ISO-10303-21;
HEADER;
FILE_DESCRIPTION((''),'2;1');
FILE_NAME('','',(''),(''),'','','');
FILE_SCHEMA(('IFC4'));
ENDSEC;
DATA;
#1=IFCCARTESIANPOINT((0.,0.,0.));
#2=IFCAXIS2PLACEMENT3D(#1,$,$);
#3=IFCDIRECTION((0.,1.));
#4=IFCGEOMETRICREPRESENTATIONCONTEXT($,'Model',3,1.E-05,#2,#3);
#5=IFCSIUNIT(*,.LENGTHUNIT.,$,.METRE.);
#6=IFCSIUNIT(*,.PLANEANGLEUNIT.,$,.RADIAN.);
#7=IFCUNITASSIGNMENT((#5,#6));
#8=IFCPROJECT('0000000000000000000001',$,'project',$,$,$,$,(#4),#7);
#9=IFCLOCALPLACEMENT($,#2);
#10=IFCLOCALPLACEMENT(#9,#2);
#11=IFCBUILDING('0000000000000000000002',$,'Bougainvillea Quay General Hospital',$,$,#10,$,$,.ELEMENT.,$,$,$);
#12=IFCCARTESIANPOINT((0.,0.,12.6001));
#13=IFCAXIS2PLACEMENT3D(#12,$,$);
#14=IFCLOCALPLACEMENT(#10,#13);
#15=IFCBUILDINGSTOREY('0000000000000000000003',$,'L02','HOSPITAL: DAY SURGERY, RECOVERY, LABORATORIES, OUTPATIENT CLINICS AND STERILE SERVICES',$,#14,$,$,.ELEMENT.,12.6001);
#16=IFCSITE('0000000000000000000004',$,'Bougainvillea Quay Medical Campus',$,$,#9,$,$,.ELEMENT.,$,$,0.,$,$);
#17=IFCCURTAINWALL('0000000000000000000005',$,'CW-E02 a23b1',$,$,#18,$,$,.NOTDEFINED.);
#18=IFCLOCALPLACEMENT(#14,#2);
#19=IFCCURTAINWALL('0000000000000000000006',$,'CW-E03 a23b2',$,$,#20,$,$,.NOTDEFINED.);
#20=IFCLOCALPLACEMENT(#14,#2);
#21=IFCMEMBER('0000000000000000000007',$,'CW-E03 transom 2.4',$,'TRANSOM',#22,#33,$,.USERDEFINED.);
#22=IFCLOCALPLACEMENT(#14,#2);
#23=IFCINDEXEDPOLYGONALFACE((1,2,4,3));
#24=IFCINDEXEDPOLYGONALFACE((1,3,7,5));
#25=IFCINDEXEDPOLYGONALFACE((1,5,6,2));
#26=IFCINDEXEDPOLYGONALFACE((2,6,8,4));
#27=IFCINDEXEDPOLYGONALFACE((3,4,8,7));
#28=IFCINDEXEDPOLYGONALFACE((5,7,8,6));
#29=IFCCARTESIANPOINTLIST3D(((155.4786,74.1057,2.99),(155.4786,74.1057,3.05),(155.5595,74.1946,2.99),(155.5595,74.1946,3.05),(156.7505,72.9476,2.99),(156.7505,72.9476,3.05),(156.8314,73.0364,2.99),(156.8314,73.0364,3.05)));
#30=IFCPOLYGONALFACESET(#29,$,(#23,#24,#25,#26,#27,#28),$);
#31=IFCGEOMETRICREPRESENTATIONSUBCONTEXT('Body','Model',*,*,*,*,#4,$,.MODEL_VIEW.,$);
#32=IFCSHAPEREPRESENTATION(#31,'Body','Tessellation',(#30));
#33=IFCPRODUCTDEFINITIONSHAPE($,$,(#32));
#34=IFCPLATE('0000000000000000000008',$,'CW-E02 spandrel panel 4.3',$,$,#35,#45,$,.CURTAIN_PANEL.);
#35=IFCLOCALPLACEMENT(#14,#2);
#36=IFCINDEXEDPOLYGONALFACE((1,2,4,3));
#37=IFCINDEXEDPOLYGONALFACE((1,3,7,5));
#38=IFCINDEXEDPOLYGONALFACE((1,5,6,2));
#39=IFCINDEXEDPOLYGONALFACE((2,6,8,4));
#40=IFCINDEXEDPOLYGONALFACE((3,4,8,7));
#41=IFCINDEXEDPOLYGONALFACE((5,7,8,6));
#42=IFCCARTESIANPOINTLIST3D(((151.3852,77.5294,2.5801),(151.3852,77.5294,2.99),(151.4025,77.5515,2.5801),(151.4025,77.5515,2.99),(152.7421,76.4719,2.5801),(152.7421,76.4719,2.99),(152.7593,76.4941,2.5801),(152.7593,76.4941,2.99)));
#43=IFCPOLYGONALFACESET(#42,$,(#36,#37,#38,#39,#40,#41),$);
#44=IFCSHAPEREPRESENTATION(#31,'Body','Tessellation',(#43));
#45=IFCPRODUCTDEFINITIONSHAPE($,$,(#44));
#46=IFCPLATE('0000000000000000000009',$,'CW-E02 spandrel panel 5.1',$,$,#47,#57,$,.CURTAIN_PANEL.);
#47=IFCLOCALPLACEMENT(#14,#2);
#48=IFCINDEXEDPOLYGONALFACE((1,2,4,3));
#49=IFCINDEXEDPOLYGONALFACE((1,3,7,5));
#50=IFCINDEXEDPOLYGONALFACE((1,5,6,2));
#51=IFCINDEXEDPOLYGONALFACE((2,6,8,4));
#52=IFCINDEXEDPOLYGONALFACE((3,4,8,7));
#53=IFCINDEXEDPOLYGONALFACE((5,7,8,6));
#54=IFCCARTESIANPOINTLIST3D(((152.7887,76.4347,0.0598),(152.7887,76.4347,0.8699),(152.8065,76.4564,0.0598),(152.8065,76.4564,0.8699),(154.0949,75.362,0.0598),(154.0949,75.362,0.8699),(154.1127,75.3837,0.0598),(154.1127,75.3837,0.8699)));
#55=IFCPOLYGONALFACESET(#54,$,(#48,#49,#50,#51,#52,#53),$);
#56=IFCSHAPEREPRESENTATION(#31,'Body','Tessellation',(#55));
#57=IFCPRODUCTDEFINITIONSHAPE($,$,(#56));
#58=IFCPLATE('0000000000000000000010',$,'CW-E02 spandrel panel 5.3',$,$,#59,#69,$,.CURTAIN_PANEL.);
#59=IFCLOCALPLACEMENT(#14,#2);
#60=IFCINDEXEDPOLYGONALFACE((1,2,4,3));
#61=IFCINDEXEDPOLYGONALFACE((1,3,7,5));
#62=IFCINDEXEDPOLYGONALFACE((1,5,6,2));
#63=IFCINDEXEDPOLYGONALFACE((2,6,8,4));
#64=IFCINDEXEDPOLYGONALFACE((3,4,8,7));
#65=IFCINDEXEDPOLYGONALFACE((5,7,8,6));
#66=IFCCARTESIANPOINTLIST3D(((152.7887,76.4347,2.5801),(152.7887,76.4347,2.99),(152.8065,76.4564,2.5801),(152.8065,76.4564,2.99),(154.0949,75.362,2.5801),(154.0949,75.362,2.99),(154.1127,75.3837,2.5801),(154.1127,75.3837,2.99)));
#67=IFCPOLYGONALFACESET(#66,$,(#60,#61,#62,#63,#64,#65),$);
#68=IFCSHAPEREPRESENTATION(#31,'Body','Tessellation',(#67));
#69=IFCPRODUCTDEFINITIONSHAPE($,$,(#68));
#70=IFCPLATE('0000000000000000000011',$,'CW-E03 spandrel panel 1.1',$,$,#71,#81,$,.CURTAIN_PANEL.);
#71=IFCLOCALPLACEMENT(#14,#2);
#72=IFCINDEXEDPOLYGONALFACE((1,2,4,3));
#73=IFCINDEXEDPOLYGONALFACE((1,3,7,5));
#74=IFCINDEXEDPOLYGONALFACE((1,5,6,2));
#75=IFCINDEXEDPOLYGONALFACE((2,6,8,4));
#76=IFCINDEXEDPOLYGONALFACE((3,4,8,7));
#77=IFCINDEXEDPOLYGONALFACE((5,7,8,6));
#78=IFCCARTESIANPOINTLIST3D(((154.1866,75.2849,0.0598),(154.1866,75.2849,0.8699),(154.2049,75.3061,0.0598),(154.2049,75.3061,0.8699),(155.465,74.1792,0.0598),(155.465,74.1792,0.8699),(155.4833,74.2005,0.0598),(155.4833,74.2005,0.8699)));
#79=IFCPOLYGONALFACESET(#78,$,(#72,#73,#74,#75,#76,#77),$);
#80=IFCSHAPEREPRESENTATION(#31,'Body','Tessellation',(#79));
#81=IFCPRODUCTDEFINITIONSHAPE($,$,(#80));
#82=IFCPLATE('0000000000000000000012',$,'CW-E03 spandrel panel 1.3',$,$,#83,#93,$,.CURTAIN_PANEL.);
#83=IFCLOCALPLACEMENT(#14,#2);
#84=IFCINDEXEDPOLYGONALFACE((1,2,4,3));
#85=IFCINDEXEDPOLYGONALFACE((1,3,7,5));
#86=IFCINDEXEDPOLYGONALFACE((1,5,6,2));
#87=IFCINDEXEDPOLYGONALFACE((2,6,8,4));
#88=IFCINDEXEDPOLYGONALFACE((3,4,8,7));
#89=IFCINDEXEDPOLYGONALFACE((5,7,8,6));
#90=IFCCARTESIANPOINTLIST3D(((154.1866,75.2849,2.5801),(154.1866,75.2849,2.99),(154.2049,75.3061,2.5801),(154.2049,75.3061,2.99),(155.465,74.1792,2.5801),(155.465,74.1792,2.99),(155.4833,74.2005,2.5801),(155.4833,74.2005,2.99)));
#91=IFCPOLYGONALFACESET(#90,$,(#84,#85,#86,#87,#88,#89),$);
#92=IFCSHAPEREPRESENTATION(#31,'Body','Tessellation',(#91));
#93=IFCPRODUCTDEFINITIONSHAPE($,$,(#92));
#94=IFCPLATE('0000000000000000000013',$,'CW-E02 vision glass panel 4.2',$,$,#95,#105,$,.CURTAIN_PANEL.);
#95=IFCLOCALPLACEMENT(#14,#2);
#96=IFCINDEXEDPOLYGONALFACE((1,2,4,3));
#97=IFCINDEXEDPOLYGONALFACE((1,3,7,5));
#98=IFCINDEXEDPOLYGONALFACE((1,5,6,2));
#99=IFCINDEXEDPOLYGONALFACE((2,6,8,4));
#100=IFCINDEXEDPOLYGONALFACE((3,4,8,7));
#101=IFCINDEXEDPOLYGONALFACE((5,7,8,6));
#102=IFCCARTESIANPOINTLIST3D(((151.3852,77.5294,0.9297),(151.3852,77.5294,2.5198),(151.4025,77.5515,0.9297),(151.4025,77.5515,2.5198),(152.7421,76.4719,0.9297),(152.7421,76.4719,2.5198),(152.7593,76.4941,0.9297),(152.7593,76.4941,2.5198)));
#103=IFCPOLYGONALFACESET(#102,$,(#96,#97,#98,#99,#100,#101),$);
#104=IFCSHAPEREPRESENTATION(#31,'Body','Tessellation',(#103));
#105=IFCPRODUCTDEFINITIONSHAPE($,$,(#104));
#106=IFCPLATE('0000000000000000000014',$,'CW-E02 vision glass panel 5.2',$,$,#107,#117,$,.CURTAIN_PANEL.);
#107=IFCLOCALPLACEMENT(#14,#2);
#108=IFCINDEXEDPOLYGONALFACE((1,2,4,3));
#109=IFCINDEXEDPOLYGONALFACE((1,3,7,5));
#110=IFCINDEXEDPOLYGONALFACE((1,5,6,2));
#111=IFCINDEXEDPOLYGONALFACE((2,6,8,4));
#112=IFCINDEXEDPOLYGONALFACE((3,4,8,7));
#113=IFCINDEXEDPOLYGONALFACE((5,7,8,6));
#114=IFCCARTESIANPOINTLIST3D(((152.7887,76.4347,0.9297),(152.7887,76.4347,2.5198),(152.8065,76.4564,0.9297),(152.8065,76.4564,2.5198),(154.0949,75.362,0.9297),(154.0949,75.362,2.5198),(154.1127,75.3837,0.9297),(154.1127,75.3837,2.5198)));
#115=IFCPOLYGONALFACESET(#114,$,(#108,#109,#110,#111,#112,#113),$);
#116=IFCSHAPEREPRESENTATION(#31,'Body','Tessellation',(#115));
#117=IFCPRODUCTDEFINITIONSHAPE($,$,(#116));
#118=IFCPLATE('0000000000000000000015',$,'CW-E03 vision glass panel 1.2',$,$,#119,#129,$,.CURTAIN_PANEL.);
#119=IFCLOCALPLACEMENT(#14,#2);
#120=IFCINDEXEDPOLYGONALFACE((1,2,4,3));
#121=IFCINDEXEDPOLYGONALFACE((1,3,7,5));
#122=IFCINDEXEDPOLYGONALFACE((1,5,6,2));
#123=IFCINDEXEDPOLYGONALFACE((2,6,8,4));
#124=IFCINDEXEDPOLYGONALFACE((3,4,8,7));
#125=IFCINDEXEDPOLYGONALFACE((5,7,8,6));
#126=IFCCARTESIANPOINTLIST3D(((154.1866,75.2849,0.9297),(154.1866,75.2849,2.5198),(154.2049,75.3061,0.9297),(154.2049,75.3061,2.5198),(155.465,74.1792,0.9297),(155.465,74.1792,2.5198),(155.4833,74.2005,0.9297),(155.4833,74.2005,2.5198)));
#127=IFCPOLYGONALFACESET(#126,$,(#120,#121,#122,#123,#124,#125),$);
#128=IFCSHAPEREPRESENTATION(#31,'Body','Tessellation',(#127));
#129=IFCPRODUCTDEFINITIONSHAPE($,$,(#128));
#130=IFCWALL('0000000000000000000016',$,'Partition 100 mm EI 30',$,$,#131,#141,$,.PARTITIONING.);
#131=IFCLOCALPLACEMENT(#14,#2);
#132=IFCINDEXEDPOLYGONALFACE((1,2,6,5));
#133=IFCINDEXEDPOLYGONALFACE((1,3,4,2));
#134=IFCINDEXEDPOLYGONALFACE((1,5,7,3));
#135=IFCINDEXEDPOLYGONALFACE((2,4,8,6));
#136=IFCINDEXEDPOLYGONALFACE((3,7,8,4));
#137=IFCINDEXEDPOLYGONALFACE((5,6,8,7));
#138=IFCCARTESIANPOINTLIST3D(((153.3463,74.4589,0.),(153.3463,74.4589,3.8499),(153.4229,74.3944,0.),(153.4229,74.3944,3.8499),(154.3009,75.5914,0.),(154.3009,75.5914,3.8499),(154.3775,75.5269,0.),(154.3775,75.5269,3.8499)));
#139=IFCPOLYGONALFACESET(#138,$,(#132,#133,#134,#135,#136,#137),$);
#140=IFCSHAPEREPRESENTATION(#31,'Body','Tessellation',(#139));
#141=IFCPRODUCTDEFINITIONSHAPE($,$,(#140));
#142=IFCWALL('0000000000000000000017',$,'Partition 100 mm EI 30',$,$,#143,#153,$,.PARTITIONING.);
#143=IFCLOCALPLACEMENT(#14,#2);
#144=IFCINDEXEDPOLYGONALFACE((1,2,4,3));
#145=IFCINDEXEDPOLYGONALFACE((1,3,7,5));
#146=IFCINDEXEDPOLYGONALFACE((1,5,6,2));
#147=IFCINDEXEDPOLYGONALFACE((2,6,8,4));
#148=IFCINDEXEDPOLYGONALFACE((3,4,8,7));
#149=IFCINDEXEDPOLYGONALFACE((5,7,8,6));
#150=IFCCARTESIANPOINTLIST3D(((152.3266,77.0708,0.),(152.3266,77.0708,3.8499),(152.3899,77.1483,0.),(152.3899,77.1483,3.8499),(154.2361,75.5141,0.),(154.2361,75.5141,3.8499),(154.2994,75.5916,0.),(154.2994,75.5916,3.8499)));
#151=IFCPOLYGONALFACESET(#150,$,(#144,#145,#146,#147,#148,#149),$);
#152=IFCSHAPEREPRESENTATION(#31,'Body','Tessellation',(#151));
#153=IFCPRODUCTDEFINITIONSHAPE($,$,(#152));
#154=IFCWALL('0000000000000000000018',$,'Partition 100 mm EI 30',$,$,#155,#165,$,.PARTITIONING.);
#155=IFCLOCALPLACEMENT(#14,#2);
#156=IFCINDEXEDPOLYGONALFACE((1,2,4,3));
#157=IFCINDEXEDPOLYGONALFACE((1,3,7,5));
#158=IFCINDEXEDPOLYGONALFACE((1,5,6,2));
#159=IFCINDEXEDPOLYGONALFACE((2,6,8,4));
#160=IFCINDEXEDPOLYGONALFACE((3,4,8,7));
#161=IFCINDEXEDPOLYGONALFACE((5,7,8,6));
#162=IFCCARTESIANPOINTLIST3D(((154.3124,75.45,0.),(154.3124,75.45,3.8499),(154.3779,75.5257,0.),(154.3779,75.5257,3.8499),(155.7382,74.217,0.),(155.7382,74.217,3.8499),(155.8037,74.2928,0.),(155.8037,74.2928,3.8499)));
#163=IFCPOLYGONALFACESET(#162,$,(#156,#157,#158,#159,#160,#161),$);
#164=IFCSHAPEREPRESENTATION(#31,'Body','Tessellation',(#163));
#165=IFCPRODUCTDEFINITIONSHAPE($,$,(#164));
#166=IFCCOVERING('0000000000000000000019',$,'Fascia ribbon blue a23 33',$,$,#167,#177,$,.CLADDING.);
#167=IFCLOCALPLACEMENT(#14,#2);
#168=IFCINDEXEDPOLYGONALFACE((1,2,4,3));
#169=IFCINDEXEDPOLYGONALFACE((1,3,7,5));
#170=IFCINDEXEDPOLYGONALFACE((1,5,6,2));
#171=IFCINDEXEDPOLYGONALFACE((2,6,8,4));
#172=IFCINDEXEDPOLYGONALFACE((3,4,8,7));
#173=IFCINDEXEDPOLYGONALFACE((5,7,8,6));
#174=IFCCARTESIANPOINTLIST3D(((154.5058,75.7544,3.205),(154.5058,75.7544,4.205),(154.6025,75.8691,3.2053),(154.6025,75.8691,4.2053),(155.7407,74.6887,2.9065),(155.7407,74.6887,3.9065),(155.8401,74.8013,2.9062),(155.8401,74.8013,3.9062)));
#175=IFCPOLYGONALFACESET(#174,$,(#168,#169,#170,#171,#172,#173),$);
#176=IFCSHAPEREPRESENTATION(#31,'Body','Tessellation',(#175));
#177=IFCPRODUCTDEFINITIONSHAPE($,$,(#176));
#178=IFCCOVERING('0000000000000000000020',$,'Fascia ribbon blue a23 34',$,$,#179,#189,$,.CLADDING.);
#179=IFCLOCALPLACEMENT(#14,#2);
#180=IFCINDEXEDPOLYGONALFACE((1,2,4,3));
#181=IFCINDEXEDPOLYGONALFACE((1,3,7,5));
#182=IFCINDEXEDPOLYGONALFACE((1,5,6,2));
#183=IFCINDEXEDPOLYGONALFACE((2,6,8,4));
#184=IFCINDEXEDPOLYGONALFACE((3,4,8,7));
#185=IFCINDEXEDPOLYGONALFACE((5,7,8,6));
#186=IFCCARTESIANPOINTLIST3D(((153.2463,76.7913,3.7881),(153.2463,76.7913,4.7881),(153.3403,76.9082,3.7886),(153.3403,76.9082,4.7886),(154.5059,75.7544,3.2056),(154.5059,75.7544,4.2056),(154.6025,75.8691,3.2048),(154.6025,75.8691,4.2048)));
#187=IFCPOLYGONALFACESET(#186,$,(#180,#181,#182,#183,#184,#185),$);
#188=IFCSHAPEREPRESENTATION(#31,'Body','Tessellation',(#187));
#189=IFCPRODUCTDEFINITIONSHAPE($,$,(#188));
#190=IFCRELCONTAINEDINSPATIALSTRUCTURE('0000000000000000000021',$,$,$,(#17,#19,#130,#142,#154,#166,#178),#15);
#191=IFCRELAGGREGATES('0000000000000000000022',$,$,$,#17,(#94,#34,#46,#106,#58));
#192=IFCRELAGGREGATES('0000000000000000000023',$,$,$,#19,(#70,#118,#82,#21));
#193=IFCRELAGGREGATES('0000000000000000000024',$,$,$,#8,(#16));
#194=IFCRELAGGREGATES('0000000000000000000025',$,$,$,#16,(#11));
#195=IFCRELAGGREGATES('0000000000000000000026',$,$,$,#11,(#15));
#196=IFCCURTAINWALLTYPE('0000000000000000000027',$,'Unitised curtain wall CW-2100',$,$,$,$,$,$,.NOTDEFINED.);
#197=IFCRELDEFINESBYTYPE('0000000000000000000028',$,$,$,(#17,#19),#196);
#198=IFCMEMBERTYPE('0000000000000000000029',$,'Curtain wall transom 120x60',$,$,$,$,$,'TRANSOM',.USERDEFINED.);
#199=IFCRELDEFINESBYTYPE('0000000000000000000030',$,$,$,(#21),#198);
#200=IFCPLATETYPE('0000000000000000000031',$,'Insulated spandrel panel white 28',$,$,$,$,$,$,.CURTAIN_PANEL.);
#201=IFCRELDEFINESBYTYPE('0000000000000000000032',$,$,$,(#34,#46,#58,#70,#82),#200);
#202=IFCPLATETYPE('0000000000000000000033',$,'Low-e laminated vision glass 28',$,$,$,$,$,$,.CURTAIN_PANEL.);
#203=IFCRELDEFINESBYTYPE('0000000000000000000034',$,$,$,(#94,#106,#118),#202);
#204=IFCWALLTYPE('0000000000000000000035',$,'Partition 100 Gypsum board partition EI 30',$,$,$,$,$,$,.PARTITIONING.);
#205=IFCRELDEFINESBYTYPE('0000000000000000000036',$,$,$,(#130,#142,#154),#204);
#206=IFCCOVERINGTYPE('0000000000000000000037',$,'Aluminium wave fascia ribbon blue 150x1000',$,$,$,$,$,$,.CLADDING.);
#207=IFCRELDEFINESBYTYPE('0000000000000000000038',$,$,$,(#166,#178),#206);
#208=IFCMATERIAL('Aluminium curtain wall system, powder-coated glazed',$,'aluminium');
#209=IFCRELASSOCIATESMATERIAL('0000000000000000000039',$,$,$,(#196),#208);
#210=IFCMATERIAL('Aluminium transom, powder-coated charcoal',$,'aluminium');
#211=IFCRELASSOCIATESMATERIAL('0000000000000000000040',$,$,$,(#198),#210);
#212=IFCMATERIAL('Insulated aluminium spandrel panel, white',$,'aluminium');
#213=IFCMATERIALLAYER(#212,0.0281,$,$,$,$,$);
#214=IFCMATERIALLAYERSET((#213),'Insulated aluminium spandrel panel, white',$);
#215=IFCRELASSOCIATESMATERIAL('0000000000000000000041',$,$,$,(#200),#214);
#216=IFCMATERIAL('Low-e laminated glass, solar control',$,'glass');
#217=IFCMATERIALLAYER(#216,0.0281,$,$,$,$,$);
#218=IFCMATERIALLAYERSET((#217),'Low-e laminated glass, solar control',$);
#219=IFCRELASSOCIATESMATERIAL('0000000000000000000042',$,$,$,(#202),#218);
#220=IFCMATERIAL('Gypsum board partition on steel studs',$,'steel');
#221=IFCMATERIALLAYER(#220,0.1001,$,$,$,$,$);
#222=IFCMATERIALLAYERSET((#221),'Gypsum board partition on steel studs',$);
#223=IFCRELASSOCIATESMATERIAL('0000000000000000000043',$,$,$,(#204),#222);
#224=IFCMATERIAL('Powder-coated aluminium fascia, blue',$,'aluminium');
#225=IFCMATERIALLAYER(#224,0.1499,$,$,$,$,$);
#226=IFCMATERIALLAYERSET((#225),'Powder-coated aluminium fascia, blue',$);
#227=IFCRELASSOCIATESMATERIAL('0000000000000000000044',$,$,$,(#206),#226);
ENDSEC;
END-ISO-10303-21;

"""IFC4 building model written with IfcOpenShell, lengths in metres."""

from ifc_helpers import new_model, si_unit, direction, frame, frame_2d, origin, origin_2d, place, context, subcontext, project, spatial, polyline, rectangle, outline, extrude, material, layer, layer_set, material_profile, profile_set, type_object, element, aggregate, save


model = new_model("IFC4")

# Units and contexts
model_context = context("Model", 3, precision=1e-05, world=origin(), true_north=direction((0.0, 1.0)))
body_context = subcontext(model_context, "Body", "Model", "MODEL_VIEW")
ifc_project = project(units=[si_unit("LENGTHUNIT", "METRE"), si_unit("PLANEANGLEUNIT", "RADIAN")], contexts=[model_context])

# Site, building, storey
site_placement = place(None, origin())
site = spatial("IfcSite", under=ifc_project, at=site_placement, Name="Bougainvillea Quay Medical Campus", CompositionType="ELEMENT", RefElevation=0.0)
building_placement = place(site_placement, origin())
building = spatial("IfcBuilding", under=site, at=building_placement, Name="Bougainvillea Quay General Hospital", CompositionType="ELEMENT")
storey_placement = place(building_placement, frame((0.0, 0.0, 12.6001)))
storey = spatial("IfcBuildingStorey", under=building, at=storey_placement, Name="L02", Description="HOSPITAL: DAY SURGERY, RECOVERY, LABORATORIES, OUTPATIENT CLINICS AND STERILE SERVICES", CompositionType="ELEMENT", Elevation=12.6001)

# Curtain walls
ifc_material_1 = material(Name="Aluminium curtain wall system, powder-coated glazed", Category="aluminium")
curtain_wall_type = type_object("IfcCurtainWallType", Name="Unitised curtain wall CW-2100", PredefinedType="NOTDEFINED", material=ifc_material_1)
curtain_wall_1_placement = place(storey_placement, origin())
curtain_wall_1 = element("IfcCurtainWall", 1, at=curtain_wall_1_placement, inside=storey, type_object=curtain_wall_type, Name="CW-E02 a23b1", PredefinedType="NOTDEFINED")
curtain_wall_2_placement = place(storey_placement, origin())
curtain_wall_2 = element("IfcCurtainWall", 2, at=curtain_wall_2_placement, inside=storey, type_object=curtain_wall_type, Name="CW-E03 a23b2", PredefinedType="NOTDEFINED")

# Member
ifc_material_2 = material(Name="Aluminium transom, powder-coated charcoal", Category="aluminium")
ifc_material_profile_1 = material_profile(ifc_material_2, rectangle(XDim=0.1201, YDim=0.0601, at=origin_2d()))
ifc_profile_set_1 = profile_set([ifc_material_profile_1], Name="Aluminium transom, powder-coated charcoal")
member_type_1 = type_object("IfcMemberType", Name="Curtain wall transom 120x60", ElementType="TRANSOM", PredefinedType="USERDEFINED", material=ifc_profile_set_1)
member_1_placement = place(storey_placement, frame((155.519, 74.1501, 3.02), z_axis=(0.7394, -0.673266, 0.0), x_axis=(0.673266, 0.7394, 0.0)))
member_1 = element("IfcMember", 3, at=member_1_placement, type_object=member_type_1, Name="CW-E03 transom 2.4", ObjectType="TRANSOM", PredefinedType="USERDEFINED", context=body_context, shape_type="SweptSolid", body=[
    extrude(rectangle(XDim=0.1201, YDim=0.0601, at=origin_2d()), origin(), (0.0, 0.0, 1.0), 1.7202),
])

# Plates
ifc_material_3 = material(Name="Insulated aluminium spandrel panel, white", Category="aluminium")
ifc_layer_1 = layer(ifc_material_3, 0.0281)
ifc_layer_set_1 = layer_set([ifc_layer_1], Name="Insulated aluminium spandrel panel, white")
plate_type_1 = type_object("IfcPlateType", Name="Insulated spandrel panel white 28", PredefinedType="CURTAIN_PANEL", material=ifc_layer_set_1)
plate_1_placement = place(storey_placement, frame((152.0723, 77.0117, 2.5801), z_axis=(0.0, 0.0, 1.0), x_axis=(0.788758, -0.614704, 0.0)))
plate_1 = element("IfcPlate", 4, at=plate_1_placement, type_object=plate_type_1, Name="CW-E02 spandrel panel 4.3", PredefinedType="CURTAIN_PANEL", context=body_context, shape_type="SweptSolid", body=[
    extrude(rectangle(XDim=1.7202, YDim=0.0281, at=origin_2d()), origin(), (0.0, 0.0, 1.0), 0.4099),
])
plate_2_placement = place(storey_placement, frame((153.4507, 75.9092, 0.0598), z_axis=(0.0, 0.0, 1.0), x_axis=(0.772813, -0.634633, 0.0)))
plate_2 = element("IfcPlate", 5, at=plate_2_placement, type_object=plate_type_1, Name="CW-E02 spandrel panel 5.1", PredefinedType="CURTAIN_PANEL", context=body_context, shape_type="SweptSolid", body=[
    extrude(rectangle(XDim=1.6902, YDim=0.0281, at=origin_2d()), origin(), (0.0, 0.0, 1.0), 0.8101),
])
plate_3_placement = place(storey_placement, frame((153.4507, 75.9092, 2.5801), z_axis=(0.0, 0.0, 1.0), x_axis=(0.772813, -0.634633, 0.0)))
plate_3 = element("IfcPlate", 6, at=plate_3_placement, type_object=plate_type_1, Name="CW-E02 spandrel panel 5.3", PredefinedType="CURTAIN_PANEL", context=body_context, shape_type="SweptSolid", body=[
    extrude(rectangle(XDim=1.6902, YDim=0.0281, at=origin_2d()), origin(), (0.0, 0.0, 1.0), 0.4099),
])
plate_4_placement = place(storey_placement, frame((154.835, 74.7427, 0.0598), z_axis=(0.0, 0.0, 1.0), x_axis=(0.756365, -0.65415, 0.0)))
plate_4 = element("IfcPlate", 7, at=plate_4_placement, type_object=plate_type_1, Name="CW-E03 spandrel panel 1.1", PredefinedType="CURTAIN_PANEL", context=body_context, shape_type="SweptSolid", body=[
    extrude(rectangle(XDim=1.6902, YDim=0.0281, at=origin_2d()), origin(), (0.0, 0.0, 1.0), 0.8101),
])
plate_5_placement = place(storey_placement, frame((154.835, 74.7427, 2.5801), z_axis=(0.0, 0.0, 1.0), x_axis=(0.756365, -0.65415, 0.0)))
plate_5 = element("IfcPlate", 8, at=plate_5_placement, type_object=plate_type_1, Name="CW-E03 spandrel panel 1.3", PredefinedType="CURTAIN_PANEL", context=body_context, shape_type="SweptSolid", body=[
    extrude(rectangle(XDim=1.6902, YDim=0.0281, at=origin_2d()), origin(), (0.0, 0.0, 1.0), 0.4099),
])
ifc_material_4 = material(Name="Low-e laminated glass, solar control", Category="glass")
ifc_layer_2 = layer(ifc_material_4, 0.0281)
ifc_layer_set_2 = layer_set([ifc_layer_2], Name="Low-e laminated glass, solar control")
plate_type_2 = type_object("IfcPlateType", Name="Low-e laminated vision glass 28", PredefinedType="CURTAIN_PANEL", material=ifc_layer_set_2)
plate_6_placement = place(storey_placement, frame((152.0723, 77.0117, 0.9297), z_axis=(0.0, 0.0, 1.0), x_axis=(0.788758, -0.614704, 0.0)))
plate_6 = element("IfcPlate", 9, at=plate_6_placement, type_object=plate_type_2, Name="CW-E02 vision glass panel 4.2", PredefinedType="CURTAIN_PANEL", context=body_context, shape_type="SweptSolid", body=[
    extrude(rectangle(XDim=1.7202, YDim=0.0281, at=origin_2d()), origin(), (0.0, 0.0, 1.0), 1.5901),
])
plate_7_placement = place(storey_placement, frame((153.4507, 75.9092, 0.9297), z_axis=(0.0, 0.0, 1.0), x_axis=(0.772813, -0.634633, 0.0)))
plate_7 = element("IfcPlate", 10, at=plate_7_placement, type_object=plate_type_2, Name="CW-E02 vision glass panel 5.2", PredefinedType="CURTAIN_PANEL", context=body_context, shape_type="SweptSolid", body=[
    extrude(rectangle(XDim=1.6902, YDim=0.0281, at=origin_2d()), origin(), (0.0, 0.0, 1.0), 1.5901),
])
aggregate(curtain_wall_1, [plate_6, plate_1, plate_2, plate_7, plate_3])
plate_8_placement = place(storey_placement, frame((154.835, 74.7427, 0.9297), z_axis=(0.0, 0.0, 1.0), x_axis=(0.756365, -0.65415, 0.0)))
plate_8 = element("IfcPlate", 11, at=plate_8_placement, type_object=plate_type_2, Name="CW-E03 vision glass panel 1.2", PredefinedType="CURTAIN_PANEL", context=body_context, shape_type="SweptSolid", body=[
    extrude(rectangle(XDim=1.6902, YDim=0.0281, at=origin_2d()), origin(), (0.0, 0.0, 1.0), 1.5901),
])
aggregate(curtain_wall_2, [plate_4, plate_8, plate_5, member_1])

# Walls
ifc_material_5 = material(Name="Gypsum board partition on steel studs", Category="steel")
ifc_layer_3 = layer(ifc_material_5, 0.1001)
ifc_layer_set_3 = layer_set([ifc_layer_3], Name="Gypsum board partition on steel studs")
wall_type = type_object("IfcWallType", Name="Partition 100 Gypsum board partition EI 30", PredefinedType="PARTITIONING", material=ifc_layer_set_3)
wall_1_placement = place(storey_placement, frame((153.3845, 74.4265, 0.0), z_axis=(0.0, 0.0, 1.0), x_axis=(0.644471, 0.764629, 0.0)))
element("IfcWall", 12, at=wall_1_placement, inside=storey, type_object=wall_type, Name="Partition 100 mm EI 30", PredefinedType="PARTITIONING", context=body_context, shape_type="SweptSolid", body=[
    extrude(rectangle(XDim=1.4812, YDim=0.1001, at=frame_2d((0.7407, 0.0))), origin(), (0.0, 0.0, 1.0), 3.8499),
])
wall_2_placement = place(storey_placement, frame((152.3582, 77.1096, 0.0), z_axis=(0.0, 0.0, 1.0), x_axis=(0.775073, -0.631871, 0.0)))
element("IfcWall", 13, at=wall_2_placement, inside=storey, type_object=wall_type, Name="Partition 100 mm EI 30", PredefinedType="PARTITIONING", context=body_context, shape_type="SweptSolid", body=[
    extrude(rectangle(XDim=2.4636, YDim=0.1001, at=frame_2d((1.2319, 0.0))), origin(), (0.0, 0.0, 1.0), 3.8499),
])
wall_3_placement = place(storey_placement, frame((154.3452, 75.4878, 0.0), z_axis=(0.0, 0.0, 1.0), x_axis=(0.756415, -0.654092, 0.0)))
element("IfcWall", 14, at=wall_3_placement, inside=storey, type_object=wall_type, Name="Partition 100 mm EI 30", PredefinedType="PARTITIONING", context=body_context, shape_type="SweptSolid", body=[
    extrude(rectangle(XDim=1.885, YDim=0.1001, at=frame_2d((0.9424, 0.0))), origin(), (0.0, 0.0, 1.0), 3.8499),
])

# Coverings
ifc_material_6 = material(Name="Powder-coated aluminium fascia, blue", Category="aluminium")
ifc_layer_4 = layer(ifc_material_6, 0.1499)
ifc_layer_set_4 = layer_set([ifc_layer_4], Name="Powder-coated aluminium fascia, blue")
covering_type = type_object("IfcCoveringType", Name="Aluminium wave fascia ribbon blue 150x1000", PredefinedType="CLADDING", material=ifc_layer_set_4)
covering_1_placement = place(storey_placement, frame((155.7407, 74.6887, 2.9065), z_axis=(0.136319, -0.117577, 0.983663), x_axis=(-0.744697, 0.642666, 0.18002)))
element("IfcCovering", 15, at=covering_1_placement, inside=storey, type_object=covering_type, Name="Fascia ribbon blue a23 33", PredefinedType="CLADDING", context=body_context, shape_type="SweptSolid", body=[
    extrude(outline(polyline([(0.0, 0.0), (1.6582, 0.0), (1.66, -0.15), (-0.0017, -0.1501), (0.0, 0.0)])), origin(), (0.18002, 0.000048, 0.983663), 1.0),
])
covering_2_placement = place(storey_placement, frame((154.5059, 75.7544, 3.2056), z_axis=(0.260133, -0.21309, 0.941766), x_axis=(-0.727088, 0.598554, 0.336268)))
element("IfcCovering", 16, at=covering_2_placement, inside=storey, type_object=covering_type, Name="Fascia ribbon blue a23 34", PredefinedType="CLADDING", context=body_context, shape_type="SweptSolid", body=[
    extrude(outline(polyline([(0.0, 0.0), (1.7323, 0.0), (1.7341, -0.15), (-0.0019, -0.15), (0.0, 0.0)])), origin(), (0.336268, 0.000769, 0.941766), 1.0),
])

save(model, "model.ifc")
